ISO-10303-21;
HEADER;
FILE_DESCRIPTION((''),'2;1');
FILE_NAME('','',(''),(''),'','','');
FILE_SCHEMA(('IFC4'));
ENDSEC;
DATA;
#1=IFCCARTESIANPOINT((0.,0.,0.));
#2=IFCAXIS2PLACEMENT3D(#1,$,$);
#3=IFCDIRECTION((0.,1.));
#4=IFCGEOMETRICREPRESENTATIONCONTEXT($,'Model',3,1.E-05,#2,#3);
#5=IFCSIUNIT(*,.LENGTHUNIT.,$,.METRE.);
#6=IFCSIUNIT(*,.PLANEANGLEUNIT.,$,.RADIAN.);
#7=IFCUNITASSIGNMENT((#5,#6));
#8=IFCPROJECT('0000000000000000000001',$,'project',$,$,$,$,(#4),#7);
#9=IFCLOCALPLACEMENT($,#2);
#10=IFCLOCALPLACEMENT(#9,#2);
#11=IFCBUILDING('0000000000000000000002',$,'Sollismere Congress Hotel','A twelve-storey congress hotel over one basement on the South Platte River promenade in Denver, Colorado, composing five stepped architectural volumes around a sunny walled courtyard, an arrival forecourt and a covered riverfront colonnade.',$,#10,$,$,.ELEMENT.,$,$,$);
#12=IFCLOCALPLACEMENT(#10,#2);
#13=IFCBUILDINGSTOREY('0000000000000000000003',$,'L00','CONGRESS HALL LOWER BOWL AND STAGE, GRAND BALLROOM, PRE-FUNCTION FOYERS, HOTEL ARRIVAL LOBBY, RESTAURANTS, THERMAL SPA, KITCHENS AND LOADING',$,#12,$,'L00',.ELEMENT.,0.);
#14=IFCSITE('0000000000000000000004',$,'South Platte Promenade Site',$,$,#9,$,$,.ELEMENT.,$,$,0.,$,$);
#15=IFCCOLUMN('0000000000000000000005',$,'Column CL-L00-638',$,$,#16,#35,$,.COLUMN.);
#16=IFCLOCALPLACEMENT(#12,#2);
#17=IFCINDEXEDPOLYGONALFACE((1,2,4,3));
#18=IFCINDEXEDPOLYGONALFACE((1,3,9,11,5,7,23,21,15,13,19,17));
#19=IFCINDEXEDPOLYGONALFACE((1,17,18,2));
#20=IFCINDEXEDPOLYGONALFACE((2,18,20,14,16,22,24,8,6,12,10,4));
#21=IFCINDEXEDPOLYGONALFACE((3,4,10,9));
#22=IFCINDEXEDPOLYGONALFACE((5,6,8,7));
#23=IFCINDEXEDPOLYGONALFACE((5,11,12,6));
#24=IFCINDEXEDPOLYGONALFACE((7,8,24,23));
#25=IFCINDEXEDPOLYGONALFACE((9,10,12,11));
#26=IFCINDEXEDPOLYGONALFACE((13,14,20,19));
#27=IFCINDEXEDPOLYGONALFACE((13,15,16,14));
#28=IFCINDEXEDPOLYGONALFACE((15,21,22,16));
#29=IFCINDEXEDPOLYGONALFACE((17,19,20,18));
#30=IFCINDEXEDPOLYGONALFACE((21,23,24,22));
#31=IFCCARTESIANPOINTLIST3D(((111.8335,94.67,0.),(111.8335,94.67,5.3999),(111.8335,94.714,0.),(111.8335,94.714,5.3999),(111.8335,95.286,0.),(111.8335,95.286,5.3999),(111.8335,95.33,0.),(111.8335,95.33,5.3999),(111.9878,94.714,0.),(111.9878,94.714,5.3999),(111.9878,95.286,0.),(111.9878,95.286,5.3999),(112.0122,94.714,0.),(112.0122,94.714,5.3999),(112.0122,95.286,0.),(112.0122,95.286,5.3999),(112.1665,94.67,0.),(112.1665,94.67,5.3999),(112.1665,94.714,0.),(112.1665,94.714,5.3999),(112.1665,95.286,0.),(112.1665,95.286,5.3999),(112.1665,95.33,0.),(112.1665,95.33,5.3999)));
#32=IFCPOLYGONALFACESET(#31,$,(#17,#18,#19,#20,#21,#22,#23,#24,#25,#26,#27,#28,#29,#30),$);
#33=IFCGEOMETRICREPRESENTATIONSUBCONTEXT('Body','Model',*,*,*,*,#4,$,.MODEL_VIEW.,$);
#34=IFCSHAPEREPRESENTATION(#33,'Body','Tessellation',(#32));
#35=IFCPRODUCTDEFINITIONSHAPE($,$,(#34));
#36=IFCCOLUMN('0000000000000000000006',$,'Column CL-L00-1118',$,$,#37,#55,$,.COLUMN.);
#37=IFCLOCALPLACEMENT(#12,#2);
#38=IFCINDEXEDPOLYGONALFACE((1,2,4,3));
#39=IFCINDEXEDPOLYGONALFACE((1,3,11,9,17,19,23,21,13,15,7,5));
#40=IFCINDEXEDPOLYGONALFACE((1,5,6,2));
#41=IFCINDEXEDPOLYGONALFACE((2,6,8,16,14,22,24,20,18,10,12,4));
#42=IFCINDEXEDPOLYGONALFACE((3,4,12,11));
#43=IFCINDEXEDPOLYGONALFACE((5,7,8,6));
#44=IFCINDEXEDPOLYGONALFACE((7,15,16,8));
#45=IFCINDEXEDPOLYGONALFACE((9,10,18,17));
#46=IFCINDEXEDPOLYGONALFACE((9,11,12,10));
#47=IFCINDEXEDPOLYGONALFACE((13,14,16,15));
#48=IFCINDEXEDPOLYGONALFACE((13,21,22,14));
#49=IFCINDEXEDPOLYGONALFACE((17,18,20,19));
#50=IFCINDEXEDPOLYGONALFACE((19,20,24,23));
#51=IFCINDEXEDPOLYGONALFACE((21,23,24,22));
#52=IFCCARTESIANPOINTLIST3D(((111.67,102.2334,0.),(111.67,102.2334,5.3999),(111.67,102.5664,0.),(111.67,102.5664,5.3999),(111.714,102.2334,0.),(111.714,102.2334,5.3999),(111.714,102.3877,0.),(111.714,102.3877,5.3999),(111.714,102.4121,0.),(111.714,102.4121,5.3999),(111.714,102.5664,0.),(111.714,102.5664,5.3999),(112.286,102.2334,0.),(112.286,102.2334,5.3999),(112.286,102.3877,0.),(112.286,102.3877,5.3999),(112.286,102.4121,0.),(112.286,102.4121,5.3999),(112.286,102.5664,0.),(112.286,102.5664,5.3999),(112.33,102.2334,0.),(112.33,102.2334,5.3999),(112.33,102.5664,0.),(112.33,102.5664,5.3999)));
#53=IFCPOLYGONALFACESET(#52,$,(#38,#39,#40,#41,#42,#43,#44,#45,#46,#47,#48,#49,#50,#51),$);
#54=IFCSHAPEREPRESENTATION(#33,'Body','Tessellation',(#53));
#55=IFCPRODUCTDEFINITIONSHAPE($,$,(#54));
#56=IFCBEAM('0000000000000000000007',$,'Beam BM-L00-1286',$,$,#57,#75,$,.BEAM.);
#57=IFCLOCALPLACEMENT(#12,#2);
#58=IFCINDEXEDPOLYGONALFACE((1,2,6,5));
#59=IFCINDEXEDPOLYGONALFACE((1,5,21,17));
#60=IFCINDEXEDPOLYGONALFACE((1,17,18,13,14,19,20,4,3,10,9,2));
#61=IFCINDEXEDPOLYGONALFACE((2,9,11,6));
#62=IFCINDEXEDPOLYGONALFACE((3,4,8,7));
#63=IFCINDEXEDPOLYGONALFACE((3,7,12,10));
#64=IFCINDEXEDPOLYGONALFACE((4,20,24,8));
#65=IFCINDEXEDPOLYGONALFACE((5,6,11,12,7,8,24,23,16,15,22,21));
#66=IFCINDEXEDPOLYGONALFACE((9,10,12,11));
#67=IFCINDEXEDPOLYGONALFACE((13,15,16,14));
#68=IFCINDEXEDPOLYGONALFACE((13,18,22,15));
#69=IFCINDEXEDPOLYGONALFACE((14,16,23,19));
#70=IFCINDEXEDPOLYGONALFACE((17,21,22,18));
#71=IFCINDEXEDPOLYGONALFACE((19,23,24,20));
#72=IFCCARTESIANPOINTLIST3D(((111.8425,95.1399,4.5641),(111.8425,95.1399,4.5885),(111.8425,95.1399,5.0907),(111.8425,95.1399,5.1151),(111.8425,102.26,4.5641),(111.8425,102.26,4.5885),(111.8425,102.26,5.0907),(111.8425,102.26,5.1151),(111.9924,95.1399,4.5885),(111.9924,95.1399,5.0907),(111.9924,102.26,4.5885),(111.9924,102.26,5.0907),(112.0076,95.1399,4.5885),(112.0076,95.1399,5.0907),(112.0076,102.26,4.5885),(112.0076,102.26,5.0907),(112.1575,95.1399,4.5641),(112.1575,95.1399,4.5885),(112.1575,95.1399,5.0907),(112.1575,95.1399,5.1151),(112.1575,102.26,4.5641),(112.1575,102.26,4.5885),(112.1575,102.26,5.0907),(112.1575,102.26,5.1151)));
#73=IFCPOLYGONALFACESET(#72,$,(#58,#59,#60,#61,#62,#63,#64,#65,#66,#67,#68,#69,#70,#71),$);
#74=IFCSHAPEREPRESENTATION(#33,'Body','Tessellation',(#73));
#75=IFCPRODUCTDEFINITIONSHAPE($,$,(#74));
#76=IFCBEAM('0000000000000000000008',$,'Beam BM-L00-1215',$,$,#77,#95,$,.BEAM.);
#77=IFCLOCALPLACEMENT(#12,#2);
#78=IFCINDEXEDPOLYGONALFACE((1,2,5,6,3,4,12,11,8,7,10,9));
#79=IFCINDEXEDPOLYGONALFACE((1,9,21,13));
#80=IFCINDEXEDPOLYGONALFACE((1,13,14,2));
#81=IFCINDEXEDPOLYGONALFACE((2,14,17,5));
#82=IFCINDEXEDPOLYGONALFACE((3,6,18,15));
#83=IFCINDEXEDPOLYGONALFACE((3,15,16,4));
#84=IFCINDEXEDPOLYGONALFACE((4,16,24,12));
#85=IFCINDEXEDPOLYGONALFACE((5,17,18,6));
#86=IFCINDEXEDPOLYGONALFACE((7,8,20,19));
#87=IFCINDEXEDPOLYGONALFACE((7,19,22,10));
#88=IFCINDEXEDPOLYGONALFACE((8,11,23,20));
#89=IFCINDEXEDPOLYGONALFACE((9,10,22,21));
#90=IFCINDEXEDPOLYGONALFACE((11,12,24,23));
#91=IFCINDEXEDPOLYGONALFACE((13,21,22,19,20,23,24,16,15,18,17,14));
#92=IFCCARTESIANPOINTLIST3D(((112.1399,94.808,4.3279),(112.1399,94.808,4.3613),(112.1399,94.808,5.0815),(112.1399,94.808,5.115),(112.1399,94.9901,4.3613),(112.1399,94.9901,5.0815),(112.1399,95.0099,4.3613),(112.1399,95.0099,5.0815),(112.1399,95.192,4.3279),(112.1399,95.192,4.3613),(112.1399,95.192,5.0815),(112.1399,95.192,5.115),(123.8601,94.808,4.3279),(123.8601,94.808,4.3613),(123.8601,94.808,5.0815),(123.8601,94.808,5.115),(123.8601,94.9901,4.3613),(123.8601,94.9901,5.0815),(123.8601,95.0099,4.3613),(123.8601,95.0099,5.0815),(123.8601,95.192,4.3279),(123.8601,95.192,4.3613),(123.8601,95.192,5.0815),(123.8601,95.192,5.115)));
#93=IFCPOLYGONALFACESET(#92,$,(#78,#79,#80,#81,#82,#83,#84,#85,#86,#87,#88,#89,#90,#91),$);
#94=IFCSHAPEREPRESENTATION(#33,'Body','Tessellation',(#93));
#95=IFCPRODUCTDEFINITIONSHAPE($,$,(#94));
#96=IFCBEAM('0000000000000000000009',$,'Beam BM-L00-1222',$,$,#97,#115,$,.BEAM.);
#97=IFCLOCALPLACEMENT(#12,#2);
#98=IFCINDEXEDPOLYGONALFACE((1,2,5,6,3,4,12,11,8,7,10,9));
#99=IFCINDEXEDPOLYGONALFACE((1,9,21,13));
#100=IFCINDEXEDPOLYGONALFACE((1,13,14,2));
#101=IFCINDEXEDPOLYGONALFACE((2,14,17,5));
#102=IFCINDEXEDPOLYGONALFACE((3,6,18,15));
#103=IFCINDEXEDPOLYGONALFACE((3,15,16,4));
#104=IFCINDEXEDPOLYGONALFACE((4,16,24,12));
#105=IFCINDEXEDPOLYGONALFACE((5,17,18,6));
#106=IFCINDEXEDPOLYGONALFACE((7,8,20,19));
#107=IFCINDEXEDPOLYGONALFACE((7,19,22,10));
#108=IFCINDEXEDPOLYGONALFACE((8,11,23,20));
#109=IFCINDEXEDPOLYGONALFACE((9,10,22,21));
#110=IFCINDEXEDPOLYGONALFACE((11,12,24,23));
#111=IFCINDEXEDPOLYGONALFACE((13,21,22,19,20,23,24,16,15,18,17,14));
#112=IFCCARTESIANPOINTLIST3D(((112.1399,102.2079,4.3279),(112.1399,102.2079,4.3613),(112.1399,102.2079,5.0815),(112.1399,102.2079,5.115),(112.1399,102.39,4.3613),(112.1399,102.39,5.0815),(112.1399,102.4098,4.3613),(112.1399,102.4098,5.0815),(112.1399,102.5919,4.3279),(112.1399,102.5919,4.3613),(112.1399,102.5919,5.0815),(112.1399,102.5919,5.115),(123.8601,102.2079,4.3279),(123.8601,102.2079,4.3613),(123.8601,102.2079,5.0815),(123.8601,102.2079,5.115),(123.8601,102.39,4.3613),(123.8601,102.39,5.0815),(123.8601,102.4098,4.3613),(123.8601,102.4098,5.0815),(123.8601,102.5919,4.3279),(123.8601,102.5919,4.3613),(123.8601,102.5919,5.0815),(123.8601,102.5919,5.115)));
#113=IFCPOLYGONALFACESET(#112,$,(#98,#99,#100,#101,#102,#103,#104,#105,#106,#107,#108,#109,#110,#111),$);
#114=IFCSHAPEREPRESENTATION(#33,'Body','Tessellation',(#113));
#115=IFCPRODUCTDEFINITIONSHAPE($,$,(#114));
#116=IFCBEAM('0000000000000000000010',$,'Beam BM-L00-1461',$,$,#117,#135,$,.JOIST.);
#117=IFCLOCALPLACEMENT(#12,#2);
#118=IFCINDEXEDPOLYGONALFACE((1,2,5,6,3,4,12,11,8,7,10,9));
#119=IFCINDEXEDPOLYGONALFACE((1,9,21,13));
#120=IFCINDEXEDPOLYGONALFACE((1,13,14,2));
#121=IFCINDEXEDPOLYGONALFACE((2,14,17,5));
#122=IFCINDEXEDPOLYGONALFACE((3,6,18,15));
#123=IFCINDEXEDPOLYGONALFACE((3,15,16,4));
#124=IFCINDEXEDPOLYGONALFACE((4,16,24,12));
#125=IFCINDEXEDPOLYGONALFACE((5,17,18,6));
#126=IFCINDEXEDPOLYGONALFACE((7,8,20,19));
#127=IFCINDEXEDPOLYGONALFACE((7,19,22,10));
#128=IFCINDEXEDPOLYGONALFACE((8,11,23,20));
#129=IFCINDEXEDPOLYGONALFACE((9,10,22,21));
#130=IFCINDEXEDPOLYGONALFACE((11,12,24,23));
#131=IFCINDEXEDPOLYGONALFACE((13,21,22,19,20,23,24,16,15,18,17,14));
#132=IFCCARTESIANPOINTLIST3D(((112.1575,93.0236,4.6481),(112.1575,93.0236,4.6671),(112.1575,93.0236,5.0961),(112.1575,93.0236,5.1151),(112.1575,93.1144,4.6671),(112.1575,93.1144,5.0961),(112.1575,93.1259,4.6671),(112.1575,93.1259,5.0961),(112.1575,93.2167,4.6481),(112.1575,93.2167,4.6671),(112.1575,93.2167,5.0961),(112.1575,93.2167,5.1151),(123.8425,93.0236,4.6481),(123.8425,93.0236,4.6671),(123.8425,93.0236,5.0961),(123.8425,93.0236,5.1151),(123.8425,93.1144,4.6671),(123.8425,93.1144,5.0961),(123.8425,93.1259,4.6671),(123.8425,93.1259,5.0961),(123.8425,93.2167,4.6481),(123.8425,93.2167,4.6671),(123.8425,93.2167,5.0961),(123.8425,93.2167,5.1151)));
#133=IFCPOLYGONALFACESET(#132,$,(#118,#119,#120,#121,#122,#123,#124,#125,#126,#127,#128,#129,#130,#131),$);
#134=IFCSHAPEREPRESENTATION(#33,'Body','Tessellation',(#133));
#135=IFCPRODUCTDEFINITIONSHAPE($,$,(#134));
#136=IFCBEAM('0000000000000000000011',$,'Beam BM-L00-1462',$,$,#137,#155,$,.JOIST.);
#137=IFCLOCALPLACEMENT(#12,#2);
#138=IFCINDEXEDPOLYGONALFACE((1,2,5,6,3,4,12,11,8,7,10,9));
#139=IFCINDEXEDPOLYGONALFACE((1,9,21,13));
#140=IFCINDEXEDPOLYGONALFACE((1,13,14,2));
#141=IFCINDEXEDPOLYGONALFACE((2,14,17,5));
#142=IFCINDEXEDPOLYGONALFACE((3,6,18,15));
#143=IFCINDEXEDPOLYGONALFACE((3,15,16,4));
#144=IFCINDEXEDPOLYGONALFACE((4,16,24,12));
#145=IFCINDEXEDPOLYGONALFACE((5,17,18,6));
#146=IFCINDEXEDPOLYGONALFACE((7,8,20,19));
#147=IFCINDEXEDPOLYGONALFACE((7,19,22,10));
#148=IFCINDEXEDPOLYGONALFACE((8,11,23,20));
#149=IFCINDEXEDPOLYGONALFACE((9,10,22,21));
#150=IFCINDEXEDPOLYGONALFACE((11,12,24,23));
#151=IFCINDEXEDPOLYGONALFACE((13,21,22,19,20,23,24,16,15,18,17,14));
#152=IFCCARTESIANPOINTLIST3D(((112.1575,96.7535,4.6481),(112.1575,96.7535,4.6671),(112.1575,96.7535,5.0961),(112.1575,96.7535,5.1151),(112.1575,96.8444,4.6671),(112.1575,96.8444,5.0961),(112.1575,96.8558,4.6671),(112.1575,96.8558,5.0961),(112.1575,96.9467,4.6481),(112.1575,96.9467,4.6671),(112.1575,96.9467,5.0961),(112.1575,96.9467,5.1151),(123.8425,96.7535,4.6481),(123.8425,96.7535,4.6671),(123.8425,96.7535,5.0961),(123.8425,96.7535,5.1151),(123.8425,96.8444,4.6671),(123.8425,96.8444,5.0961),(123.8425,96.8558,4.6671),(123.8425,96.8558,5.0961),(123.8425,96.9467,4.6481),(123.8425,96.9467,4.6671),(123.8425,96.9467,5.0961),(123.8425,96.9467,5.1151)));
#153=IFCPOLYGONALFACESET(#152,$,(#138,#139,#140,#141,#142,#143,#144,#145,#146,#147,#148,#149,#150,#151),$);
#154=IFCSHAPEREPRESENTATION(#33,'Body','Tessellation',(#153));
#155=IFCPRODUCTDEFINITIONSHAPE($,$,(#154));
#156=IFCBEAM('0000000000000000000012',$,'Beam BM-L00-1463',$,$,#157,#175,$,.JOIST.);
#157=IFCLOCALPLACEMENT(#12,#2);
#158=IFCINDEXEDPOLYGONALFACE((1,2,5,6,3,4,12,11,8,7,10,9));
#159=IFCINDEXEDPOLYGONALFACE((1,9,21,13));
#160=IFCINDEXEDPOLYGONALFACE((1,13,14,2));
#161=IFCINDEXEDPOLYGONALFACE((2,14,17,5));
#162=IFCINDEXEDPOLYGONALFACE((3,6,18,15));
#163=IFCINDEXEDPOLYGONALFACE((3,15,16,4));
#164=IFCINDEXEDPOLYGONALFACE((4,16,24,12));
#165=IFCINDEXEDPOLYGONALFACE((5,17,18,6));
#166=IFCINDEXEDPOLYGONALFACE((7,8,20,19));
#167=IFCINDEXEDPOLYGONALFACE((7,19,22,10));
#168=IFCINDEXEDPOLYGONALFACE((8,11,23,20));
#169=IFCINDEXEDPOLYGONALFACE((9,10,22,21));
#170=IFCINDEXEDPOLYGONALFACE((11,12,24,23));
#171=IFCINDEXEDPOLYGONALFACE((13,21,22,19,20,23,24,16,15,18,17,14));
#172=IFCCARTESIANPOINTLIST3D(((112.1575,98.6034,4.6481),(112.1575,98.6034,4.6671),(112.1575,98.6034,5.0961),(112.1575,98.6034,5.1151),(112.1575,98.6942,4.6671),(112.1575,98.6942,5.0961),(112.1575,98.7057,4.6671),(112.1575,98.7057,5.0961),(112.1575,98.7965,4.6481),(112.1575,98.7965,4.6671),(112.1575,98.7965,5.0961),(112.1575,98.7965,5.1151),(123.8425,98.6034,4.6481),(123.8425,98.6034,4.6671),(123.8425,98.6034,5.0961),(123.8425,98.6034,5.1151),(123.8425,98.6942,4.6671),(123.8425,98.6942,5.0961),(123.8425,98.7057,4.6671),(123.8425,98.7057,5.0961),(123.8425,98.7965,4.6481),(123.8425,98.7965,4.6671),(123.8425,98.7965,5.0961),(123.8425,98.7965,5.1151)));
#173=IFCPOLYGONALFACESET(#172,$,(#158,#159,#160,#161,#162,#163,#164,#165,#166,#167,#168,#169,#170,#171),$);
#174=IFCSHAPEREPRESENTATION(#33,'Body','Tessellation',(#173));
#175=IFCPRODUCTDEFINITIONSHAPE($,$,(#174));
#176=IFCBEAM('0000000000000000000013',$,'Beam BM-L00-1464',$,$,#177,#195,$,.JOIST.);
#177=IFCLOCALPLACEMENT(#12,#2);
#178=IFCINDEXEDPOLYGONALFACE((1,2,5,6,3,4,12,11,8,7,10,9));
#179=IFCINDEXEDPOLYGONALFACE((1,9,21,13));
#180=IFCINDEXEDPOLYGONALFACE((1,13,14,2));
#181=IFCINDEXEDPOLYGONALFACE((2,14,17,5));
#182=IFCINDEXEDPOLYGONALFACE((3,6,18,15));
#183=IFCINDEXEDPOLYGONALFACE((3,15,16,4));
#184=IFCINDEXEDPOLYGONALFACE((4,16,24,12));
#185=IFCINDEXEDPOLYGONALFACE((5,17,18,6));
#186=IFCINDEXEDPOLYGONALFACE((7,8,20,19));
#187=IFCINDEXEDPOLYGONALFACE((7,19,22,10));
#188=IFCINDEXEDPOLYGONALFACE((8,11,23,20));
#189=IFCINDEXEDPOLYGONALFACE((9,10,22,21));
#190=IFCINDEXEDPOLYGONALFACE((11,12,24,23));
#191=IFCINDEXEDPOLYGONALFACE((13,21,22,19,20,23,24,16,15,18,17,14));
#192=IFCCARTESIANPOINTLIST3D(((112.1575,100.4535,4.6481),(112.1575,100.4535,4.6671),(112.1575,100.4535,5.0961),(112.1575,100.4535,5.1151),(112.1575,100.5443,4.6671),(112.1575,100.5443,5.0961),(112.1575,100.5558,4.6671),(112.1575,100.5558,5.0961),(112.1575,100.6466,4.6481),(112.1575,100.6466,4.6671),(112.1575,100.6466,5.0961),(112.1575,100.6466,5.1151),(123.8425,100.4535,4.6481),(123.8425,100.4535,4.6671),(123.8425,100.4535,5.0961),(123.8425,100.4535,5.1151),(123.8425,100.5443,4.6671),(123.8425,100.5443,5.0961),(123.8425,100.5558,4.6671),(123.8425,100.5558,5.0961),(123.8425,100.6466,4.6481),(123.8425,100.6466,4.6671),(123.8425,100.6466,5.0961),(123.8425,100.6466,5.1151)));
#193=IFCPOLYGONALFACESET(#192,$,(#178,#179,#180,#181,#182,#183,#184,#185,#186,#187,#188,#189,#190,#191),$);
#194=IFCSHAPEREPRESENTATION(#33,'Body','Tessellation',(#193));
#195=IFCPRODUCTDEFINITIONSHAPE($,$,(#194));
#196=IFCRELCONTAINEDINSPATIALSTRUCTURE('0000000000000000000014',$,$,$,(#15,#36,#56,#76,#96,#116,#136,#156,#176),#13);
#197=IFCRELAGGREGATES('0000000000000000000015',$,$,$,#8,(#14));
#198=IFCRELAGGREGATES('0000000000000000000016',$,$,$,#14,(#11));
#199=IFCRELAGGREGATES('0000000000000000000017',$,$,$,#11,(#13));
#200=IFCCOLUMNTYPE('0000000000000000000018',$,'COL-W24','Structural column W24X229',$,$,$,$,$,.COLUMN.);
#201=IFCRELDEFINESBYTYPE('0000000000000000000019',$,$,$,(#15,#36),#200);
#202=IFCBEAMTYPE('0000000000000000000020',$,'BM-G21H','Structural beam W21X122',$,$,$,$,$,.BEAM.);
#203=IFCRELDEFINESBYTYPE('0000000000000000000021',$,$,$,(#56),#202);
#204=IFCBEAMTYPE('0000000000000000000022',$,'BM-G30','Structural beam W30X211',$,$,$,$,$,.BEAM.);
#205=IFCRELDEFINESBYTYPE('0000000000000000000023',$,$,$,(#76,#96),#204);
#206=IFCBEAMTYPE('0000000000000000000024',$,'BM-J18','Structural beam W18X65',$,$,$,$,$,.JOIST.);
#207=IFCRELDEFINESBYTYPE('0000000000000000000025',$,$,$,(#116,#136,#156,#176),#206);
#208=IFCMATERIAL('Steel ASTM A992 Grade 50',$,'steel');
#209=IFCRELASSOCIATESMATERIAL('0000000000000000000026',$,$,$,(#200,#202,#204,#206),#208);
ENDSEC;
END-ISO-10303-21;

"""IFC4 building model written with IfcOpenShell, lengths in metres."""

from ifc_helpers import new_model, si_unit, direction, frame, origin, origin_2d, place, context, subcontext, project, spatial, i_section, extrude, material, material_profile, profile_set, type_object, element, save


model = new_model("IFC4")

# Units and contexts
model_context = context("Model", 3, precision=1e-05, world=origin(), true_north=direction((0.0, 1.0)))
body_context = subcontext(model_context, "Body", "Model", "MODEL_VIEW")
ifc_project = project(units=[si_unit("LENGTHUNIT", "METRE"), si_unit("PLANEANGLEUNIT", "RADIAN")], contexts=[model_context])

# Site, building, storey
site_placement = place(None, origin())
site = spatial("IfcSite", under=ifc_project, at=site_placement, Name="South Platte Promenade Site", CompositionType="ELEMENT", RefElevation=0.0)
building_placement = place(site_placement, origin())
building = spatial("IfcBuilding", under=site, at=building_placement, Name="Sollismere Congress Hotel", Description="A twelve-storey congress hotel over one basement on the South Platte River promenade in Denver, Colorado, composing five stepped architectural volumes around a sunny walled courtyard, an arrival forecourt and a covered riverfront colonnade.", CompositionType="ELEMENT")
storey_placement = place(building_placement, origin())
storey = spatial("IfcBuildingStorey", under=building, at=storey_placement, Name="L00", Description="CONGRESS HALL LOWER BOWL AND STAGE, GRAND BALLROOM, PRE-FUNCTION FOYERS, HOTEL ARRIVAL LOBBY, RESTAURANTS, THERMAL SPA, KITCHENS AND LOADING", LongName="L00", CompositionType="ELEMENT", Elevation=0.0)

# Columns
ifc_material_1 = material(Name="Steel ASTM A992 Grade 50", Category="steel")
ifc_material_profile_1 = material_profile(ifc_material_1, i_section(OverallWidth=0.333, OverallDepth=0.6599, WebThickness=0.0244, FlangeThickness=0.0439, at=origin_2d()), Name="W24X229")
ifc_profile_set_1 = profile_set([ifc_material_profile_1], Name="Steel ASTM A992 Grade 50")
column_type = type_object("IfcColumnType", Name="COL-W24", Description="Structural column W24X229", PredefinedType="COLUMN", material=ifc_profile_set_1)
for number, where, z_axis, x_axis, name in (
    (1, (112.0, 95.0, 0.0), (0.0, 0.0, 1.0), (1.0, 0.0, 0.0), "Column CL-L00-638"),
    (2, (112.0, 102.3999, 0.0), (0.0, 0.0, 1.0), (0.0, 1.0, 0.0), "Column CL-L00-1118"),
):
    element("IfcColumn", number, at=place(storey_placement, frame(where, z_axis=z_axis, x_axis=x_axis)), inside=storey, type_object=column_type, Name=name, PredefinedType="COLUMN", context=body_context, shape_type="SweptSolid", body=[
        extrude(i_section(OverallWidth=0.333, OverallDepth=0.6599, WebThickness=0.0244, FlangeThickness=0.0439, at=origin_2d()), origin(), (0.0, 0.0, 1.0), 5.3999),
    ])

# Beams
ifc_material_profile_2 = material_profile(ifc_material_1, i_section(OverallWidth=0.3149, OverallDepth=0.551, WebThickness=0.0151, FlangeThickness=0.0244, at=origin_2d()), Name="W21X122")
ifc_profile_set_2 = profile_set([ifc_material_profile_2], Name="Steel ASTM A992 Grade 50")
beam_type_1 = type_object("IfcBeamType", Name="BM-G21H", Description="Structural beam W21X122", PredefinedType="BEAM", material=ifc_profile_set_2)
beam_placement = place(storey_placement, frame((112.0, 95.1399, 4.8396), z_axis=(0.0, 1.0, 0.0), x_axis=(-1.0, 0.0, 0.0)))
element("IfcBeam", 3, at=beam_placement, inside=storey, type_object=beam_type_1, Name="Beam BM-L00-1286", PredefinedType="BEAM", context=body_context, shape_type="SweptSolid", body=[
    extrude(i_section(OverallWidth=0.3149, OverallDepth=0.551, WebThickness=0.0151, FlangeThickness=0.0244, at=origin_2d()), origin(), (0.0, 0.0, 1.0), 7.1201),
])
ifc_material_profile_3 = material_profile(ifc_material_1, i_section(OverallWidth=0.384, OverallDepth=0.7871, WebThickness=0.0198, FlangeThickness=0.0334, at=origin_2d()), Name="W30X211")
ifc_profile_set_3 = profile_set([ifc_material_profile_3], Name="Steel ASTM A992 Grade 50")
beam_type_2 = type_object("IfcBeamType", Name="BM-G30", Description="Structural beam W30X211", PredefinedType="BEAM", material=ifc_profile_set_3)
for number, where, z_axis, x_axis, name in (
    (4, (112.1399, 95.0, 4.7214), (1.0, 0.0, 0.0), (0.0, 1.0, 0.0), "Beam BM-L00-1215"),
    (5, (112.1399, 102.3999, 4.7214), (1.0, 0.0, 0.0), (0.0, 1.0, 0.0), "Beam BM-L00-1222"),
):
    element("IfcBeam", number, at=place(storey_placement, frame(where, z_axis=z_axis, x_axis=x_axis)), inside=storey, type_object=beam_type_2, Name=name, PredefinedType="BEAM", context=body_context, shape_type="SweptSolid", body=[
        extrude(i_section(OverallWidth=0.384, OverallDepth=0.7871, WebThickness=0.0198, FlangeThickness=0.0334, at=origin_2d()), origin(), (0.0, 0.0, 1.0), 11.7202),
    ])
ifc_material_profile_4 = material_profile(ifc_material_1, i_section(OverallWidth=0.1931, OverallDepth=0.467, WebThickness=0.0115, FlangeThickness=0.019, at=origin_2d()), Name="W18X65")
ifc_profile_set_4 = profile_set([ifc_material_profile_4], Name="Steel ASTM A992 Grade 50")
beam_type_3 = type_object("IfcBeamType", Name="BM-J18", Description="Structural beam W18X65", PredefinedType="JOIST", material=ifc_profile_set_4)
for number, where, z_axis, x_axis, name in (
    (6, (112.1575, 93.1201, 4.8816), (1.0, 0.0, 0.0), (0.0, 1.0, 0.0), "Beam BM-L00-1461"),
    (7, (112.1575, 96.8501, 4.8816), (1.0, 0.0, 0.0), (0.0, 1.0, 0.0), "Beam BM-L00-1462"),
    (8, (112.1575, 98.7, 4.8816), (1.0, 0.0, 0.0), (0.0, 1.0, 0.0), "Beam BM-L00-1463"),
    (9, (112.1575, 100.55, 4.8816), (1.0, 0.0, 0.0), (0.0, 1.0, 0.0), "Beam BM-L00-1464"),
):
    element("IfcBeam", number, at=place(storey_placement, frame(where, z_axis=z_axis, x_axis=x_axis)), inside=storey, type_object=beam_type_3, Name=name, PredefinedType="JOIST", context=body_context, shape_type="SweptSolid", body=[
        extrude(i_section(OverallWidth=0.1931, OverallDepth=0.467, WebThickness=0.0115, FlangeThickness=0.019, at=origin_2d()), origin(), (0.0, 0.0, 1.0), 11.6851),
    ])

save(model, "model.ifc")
